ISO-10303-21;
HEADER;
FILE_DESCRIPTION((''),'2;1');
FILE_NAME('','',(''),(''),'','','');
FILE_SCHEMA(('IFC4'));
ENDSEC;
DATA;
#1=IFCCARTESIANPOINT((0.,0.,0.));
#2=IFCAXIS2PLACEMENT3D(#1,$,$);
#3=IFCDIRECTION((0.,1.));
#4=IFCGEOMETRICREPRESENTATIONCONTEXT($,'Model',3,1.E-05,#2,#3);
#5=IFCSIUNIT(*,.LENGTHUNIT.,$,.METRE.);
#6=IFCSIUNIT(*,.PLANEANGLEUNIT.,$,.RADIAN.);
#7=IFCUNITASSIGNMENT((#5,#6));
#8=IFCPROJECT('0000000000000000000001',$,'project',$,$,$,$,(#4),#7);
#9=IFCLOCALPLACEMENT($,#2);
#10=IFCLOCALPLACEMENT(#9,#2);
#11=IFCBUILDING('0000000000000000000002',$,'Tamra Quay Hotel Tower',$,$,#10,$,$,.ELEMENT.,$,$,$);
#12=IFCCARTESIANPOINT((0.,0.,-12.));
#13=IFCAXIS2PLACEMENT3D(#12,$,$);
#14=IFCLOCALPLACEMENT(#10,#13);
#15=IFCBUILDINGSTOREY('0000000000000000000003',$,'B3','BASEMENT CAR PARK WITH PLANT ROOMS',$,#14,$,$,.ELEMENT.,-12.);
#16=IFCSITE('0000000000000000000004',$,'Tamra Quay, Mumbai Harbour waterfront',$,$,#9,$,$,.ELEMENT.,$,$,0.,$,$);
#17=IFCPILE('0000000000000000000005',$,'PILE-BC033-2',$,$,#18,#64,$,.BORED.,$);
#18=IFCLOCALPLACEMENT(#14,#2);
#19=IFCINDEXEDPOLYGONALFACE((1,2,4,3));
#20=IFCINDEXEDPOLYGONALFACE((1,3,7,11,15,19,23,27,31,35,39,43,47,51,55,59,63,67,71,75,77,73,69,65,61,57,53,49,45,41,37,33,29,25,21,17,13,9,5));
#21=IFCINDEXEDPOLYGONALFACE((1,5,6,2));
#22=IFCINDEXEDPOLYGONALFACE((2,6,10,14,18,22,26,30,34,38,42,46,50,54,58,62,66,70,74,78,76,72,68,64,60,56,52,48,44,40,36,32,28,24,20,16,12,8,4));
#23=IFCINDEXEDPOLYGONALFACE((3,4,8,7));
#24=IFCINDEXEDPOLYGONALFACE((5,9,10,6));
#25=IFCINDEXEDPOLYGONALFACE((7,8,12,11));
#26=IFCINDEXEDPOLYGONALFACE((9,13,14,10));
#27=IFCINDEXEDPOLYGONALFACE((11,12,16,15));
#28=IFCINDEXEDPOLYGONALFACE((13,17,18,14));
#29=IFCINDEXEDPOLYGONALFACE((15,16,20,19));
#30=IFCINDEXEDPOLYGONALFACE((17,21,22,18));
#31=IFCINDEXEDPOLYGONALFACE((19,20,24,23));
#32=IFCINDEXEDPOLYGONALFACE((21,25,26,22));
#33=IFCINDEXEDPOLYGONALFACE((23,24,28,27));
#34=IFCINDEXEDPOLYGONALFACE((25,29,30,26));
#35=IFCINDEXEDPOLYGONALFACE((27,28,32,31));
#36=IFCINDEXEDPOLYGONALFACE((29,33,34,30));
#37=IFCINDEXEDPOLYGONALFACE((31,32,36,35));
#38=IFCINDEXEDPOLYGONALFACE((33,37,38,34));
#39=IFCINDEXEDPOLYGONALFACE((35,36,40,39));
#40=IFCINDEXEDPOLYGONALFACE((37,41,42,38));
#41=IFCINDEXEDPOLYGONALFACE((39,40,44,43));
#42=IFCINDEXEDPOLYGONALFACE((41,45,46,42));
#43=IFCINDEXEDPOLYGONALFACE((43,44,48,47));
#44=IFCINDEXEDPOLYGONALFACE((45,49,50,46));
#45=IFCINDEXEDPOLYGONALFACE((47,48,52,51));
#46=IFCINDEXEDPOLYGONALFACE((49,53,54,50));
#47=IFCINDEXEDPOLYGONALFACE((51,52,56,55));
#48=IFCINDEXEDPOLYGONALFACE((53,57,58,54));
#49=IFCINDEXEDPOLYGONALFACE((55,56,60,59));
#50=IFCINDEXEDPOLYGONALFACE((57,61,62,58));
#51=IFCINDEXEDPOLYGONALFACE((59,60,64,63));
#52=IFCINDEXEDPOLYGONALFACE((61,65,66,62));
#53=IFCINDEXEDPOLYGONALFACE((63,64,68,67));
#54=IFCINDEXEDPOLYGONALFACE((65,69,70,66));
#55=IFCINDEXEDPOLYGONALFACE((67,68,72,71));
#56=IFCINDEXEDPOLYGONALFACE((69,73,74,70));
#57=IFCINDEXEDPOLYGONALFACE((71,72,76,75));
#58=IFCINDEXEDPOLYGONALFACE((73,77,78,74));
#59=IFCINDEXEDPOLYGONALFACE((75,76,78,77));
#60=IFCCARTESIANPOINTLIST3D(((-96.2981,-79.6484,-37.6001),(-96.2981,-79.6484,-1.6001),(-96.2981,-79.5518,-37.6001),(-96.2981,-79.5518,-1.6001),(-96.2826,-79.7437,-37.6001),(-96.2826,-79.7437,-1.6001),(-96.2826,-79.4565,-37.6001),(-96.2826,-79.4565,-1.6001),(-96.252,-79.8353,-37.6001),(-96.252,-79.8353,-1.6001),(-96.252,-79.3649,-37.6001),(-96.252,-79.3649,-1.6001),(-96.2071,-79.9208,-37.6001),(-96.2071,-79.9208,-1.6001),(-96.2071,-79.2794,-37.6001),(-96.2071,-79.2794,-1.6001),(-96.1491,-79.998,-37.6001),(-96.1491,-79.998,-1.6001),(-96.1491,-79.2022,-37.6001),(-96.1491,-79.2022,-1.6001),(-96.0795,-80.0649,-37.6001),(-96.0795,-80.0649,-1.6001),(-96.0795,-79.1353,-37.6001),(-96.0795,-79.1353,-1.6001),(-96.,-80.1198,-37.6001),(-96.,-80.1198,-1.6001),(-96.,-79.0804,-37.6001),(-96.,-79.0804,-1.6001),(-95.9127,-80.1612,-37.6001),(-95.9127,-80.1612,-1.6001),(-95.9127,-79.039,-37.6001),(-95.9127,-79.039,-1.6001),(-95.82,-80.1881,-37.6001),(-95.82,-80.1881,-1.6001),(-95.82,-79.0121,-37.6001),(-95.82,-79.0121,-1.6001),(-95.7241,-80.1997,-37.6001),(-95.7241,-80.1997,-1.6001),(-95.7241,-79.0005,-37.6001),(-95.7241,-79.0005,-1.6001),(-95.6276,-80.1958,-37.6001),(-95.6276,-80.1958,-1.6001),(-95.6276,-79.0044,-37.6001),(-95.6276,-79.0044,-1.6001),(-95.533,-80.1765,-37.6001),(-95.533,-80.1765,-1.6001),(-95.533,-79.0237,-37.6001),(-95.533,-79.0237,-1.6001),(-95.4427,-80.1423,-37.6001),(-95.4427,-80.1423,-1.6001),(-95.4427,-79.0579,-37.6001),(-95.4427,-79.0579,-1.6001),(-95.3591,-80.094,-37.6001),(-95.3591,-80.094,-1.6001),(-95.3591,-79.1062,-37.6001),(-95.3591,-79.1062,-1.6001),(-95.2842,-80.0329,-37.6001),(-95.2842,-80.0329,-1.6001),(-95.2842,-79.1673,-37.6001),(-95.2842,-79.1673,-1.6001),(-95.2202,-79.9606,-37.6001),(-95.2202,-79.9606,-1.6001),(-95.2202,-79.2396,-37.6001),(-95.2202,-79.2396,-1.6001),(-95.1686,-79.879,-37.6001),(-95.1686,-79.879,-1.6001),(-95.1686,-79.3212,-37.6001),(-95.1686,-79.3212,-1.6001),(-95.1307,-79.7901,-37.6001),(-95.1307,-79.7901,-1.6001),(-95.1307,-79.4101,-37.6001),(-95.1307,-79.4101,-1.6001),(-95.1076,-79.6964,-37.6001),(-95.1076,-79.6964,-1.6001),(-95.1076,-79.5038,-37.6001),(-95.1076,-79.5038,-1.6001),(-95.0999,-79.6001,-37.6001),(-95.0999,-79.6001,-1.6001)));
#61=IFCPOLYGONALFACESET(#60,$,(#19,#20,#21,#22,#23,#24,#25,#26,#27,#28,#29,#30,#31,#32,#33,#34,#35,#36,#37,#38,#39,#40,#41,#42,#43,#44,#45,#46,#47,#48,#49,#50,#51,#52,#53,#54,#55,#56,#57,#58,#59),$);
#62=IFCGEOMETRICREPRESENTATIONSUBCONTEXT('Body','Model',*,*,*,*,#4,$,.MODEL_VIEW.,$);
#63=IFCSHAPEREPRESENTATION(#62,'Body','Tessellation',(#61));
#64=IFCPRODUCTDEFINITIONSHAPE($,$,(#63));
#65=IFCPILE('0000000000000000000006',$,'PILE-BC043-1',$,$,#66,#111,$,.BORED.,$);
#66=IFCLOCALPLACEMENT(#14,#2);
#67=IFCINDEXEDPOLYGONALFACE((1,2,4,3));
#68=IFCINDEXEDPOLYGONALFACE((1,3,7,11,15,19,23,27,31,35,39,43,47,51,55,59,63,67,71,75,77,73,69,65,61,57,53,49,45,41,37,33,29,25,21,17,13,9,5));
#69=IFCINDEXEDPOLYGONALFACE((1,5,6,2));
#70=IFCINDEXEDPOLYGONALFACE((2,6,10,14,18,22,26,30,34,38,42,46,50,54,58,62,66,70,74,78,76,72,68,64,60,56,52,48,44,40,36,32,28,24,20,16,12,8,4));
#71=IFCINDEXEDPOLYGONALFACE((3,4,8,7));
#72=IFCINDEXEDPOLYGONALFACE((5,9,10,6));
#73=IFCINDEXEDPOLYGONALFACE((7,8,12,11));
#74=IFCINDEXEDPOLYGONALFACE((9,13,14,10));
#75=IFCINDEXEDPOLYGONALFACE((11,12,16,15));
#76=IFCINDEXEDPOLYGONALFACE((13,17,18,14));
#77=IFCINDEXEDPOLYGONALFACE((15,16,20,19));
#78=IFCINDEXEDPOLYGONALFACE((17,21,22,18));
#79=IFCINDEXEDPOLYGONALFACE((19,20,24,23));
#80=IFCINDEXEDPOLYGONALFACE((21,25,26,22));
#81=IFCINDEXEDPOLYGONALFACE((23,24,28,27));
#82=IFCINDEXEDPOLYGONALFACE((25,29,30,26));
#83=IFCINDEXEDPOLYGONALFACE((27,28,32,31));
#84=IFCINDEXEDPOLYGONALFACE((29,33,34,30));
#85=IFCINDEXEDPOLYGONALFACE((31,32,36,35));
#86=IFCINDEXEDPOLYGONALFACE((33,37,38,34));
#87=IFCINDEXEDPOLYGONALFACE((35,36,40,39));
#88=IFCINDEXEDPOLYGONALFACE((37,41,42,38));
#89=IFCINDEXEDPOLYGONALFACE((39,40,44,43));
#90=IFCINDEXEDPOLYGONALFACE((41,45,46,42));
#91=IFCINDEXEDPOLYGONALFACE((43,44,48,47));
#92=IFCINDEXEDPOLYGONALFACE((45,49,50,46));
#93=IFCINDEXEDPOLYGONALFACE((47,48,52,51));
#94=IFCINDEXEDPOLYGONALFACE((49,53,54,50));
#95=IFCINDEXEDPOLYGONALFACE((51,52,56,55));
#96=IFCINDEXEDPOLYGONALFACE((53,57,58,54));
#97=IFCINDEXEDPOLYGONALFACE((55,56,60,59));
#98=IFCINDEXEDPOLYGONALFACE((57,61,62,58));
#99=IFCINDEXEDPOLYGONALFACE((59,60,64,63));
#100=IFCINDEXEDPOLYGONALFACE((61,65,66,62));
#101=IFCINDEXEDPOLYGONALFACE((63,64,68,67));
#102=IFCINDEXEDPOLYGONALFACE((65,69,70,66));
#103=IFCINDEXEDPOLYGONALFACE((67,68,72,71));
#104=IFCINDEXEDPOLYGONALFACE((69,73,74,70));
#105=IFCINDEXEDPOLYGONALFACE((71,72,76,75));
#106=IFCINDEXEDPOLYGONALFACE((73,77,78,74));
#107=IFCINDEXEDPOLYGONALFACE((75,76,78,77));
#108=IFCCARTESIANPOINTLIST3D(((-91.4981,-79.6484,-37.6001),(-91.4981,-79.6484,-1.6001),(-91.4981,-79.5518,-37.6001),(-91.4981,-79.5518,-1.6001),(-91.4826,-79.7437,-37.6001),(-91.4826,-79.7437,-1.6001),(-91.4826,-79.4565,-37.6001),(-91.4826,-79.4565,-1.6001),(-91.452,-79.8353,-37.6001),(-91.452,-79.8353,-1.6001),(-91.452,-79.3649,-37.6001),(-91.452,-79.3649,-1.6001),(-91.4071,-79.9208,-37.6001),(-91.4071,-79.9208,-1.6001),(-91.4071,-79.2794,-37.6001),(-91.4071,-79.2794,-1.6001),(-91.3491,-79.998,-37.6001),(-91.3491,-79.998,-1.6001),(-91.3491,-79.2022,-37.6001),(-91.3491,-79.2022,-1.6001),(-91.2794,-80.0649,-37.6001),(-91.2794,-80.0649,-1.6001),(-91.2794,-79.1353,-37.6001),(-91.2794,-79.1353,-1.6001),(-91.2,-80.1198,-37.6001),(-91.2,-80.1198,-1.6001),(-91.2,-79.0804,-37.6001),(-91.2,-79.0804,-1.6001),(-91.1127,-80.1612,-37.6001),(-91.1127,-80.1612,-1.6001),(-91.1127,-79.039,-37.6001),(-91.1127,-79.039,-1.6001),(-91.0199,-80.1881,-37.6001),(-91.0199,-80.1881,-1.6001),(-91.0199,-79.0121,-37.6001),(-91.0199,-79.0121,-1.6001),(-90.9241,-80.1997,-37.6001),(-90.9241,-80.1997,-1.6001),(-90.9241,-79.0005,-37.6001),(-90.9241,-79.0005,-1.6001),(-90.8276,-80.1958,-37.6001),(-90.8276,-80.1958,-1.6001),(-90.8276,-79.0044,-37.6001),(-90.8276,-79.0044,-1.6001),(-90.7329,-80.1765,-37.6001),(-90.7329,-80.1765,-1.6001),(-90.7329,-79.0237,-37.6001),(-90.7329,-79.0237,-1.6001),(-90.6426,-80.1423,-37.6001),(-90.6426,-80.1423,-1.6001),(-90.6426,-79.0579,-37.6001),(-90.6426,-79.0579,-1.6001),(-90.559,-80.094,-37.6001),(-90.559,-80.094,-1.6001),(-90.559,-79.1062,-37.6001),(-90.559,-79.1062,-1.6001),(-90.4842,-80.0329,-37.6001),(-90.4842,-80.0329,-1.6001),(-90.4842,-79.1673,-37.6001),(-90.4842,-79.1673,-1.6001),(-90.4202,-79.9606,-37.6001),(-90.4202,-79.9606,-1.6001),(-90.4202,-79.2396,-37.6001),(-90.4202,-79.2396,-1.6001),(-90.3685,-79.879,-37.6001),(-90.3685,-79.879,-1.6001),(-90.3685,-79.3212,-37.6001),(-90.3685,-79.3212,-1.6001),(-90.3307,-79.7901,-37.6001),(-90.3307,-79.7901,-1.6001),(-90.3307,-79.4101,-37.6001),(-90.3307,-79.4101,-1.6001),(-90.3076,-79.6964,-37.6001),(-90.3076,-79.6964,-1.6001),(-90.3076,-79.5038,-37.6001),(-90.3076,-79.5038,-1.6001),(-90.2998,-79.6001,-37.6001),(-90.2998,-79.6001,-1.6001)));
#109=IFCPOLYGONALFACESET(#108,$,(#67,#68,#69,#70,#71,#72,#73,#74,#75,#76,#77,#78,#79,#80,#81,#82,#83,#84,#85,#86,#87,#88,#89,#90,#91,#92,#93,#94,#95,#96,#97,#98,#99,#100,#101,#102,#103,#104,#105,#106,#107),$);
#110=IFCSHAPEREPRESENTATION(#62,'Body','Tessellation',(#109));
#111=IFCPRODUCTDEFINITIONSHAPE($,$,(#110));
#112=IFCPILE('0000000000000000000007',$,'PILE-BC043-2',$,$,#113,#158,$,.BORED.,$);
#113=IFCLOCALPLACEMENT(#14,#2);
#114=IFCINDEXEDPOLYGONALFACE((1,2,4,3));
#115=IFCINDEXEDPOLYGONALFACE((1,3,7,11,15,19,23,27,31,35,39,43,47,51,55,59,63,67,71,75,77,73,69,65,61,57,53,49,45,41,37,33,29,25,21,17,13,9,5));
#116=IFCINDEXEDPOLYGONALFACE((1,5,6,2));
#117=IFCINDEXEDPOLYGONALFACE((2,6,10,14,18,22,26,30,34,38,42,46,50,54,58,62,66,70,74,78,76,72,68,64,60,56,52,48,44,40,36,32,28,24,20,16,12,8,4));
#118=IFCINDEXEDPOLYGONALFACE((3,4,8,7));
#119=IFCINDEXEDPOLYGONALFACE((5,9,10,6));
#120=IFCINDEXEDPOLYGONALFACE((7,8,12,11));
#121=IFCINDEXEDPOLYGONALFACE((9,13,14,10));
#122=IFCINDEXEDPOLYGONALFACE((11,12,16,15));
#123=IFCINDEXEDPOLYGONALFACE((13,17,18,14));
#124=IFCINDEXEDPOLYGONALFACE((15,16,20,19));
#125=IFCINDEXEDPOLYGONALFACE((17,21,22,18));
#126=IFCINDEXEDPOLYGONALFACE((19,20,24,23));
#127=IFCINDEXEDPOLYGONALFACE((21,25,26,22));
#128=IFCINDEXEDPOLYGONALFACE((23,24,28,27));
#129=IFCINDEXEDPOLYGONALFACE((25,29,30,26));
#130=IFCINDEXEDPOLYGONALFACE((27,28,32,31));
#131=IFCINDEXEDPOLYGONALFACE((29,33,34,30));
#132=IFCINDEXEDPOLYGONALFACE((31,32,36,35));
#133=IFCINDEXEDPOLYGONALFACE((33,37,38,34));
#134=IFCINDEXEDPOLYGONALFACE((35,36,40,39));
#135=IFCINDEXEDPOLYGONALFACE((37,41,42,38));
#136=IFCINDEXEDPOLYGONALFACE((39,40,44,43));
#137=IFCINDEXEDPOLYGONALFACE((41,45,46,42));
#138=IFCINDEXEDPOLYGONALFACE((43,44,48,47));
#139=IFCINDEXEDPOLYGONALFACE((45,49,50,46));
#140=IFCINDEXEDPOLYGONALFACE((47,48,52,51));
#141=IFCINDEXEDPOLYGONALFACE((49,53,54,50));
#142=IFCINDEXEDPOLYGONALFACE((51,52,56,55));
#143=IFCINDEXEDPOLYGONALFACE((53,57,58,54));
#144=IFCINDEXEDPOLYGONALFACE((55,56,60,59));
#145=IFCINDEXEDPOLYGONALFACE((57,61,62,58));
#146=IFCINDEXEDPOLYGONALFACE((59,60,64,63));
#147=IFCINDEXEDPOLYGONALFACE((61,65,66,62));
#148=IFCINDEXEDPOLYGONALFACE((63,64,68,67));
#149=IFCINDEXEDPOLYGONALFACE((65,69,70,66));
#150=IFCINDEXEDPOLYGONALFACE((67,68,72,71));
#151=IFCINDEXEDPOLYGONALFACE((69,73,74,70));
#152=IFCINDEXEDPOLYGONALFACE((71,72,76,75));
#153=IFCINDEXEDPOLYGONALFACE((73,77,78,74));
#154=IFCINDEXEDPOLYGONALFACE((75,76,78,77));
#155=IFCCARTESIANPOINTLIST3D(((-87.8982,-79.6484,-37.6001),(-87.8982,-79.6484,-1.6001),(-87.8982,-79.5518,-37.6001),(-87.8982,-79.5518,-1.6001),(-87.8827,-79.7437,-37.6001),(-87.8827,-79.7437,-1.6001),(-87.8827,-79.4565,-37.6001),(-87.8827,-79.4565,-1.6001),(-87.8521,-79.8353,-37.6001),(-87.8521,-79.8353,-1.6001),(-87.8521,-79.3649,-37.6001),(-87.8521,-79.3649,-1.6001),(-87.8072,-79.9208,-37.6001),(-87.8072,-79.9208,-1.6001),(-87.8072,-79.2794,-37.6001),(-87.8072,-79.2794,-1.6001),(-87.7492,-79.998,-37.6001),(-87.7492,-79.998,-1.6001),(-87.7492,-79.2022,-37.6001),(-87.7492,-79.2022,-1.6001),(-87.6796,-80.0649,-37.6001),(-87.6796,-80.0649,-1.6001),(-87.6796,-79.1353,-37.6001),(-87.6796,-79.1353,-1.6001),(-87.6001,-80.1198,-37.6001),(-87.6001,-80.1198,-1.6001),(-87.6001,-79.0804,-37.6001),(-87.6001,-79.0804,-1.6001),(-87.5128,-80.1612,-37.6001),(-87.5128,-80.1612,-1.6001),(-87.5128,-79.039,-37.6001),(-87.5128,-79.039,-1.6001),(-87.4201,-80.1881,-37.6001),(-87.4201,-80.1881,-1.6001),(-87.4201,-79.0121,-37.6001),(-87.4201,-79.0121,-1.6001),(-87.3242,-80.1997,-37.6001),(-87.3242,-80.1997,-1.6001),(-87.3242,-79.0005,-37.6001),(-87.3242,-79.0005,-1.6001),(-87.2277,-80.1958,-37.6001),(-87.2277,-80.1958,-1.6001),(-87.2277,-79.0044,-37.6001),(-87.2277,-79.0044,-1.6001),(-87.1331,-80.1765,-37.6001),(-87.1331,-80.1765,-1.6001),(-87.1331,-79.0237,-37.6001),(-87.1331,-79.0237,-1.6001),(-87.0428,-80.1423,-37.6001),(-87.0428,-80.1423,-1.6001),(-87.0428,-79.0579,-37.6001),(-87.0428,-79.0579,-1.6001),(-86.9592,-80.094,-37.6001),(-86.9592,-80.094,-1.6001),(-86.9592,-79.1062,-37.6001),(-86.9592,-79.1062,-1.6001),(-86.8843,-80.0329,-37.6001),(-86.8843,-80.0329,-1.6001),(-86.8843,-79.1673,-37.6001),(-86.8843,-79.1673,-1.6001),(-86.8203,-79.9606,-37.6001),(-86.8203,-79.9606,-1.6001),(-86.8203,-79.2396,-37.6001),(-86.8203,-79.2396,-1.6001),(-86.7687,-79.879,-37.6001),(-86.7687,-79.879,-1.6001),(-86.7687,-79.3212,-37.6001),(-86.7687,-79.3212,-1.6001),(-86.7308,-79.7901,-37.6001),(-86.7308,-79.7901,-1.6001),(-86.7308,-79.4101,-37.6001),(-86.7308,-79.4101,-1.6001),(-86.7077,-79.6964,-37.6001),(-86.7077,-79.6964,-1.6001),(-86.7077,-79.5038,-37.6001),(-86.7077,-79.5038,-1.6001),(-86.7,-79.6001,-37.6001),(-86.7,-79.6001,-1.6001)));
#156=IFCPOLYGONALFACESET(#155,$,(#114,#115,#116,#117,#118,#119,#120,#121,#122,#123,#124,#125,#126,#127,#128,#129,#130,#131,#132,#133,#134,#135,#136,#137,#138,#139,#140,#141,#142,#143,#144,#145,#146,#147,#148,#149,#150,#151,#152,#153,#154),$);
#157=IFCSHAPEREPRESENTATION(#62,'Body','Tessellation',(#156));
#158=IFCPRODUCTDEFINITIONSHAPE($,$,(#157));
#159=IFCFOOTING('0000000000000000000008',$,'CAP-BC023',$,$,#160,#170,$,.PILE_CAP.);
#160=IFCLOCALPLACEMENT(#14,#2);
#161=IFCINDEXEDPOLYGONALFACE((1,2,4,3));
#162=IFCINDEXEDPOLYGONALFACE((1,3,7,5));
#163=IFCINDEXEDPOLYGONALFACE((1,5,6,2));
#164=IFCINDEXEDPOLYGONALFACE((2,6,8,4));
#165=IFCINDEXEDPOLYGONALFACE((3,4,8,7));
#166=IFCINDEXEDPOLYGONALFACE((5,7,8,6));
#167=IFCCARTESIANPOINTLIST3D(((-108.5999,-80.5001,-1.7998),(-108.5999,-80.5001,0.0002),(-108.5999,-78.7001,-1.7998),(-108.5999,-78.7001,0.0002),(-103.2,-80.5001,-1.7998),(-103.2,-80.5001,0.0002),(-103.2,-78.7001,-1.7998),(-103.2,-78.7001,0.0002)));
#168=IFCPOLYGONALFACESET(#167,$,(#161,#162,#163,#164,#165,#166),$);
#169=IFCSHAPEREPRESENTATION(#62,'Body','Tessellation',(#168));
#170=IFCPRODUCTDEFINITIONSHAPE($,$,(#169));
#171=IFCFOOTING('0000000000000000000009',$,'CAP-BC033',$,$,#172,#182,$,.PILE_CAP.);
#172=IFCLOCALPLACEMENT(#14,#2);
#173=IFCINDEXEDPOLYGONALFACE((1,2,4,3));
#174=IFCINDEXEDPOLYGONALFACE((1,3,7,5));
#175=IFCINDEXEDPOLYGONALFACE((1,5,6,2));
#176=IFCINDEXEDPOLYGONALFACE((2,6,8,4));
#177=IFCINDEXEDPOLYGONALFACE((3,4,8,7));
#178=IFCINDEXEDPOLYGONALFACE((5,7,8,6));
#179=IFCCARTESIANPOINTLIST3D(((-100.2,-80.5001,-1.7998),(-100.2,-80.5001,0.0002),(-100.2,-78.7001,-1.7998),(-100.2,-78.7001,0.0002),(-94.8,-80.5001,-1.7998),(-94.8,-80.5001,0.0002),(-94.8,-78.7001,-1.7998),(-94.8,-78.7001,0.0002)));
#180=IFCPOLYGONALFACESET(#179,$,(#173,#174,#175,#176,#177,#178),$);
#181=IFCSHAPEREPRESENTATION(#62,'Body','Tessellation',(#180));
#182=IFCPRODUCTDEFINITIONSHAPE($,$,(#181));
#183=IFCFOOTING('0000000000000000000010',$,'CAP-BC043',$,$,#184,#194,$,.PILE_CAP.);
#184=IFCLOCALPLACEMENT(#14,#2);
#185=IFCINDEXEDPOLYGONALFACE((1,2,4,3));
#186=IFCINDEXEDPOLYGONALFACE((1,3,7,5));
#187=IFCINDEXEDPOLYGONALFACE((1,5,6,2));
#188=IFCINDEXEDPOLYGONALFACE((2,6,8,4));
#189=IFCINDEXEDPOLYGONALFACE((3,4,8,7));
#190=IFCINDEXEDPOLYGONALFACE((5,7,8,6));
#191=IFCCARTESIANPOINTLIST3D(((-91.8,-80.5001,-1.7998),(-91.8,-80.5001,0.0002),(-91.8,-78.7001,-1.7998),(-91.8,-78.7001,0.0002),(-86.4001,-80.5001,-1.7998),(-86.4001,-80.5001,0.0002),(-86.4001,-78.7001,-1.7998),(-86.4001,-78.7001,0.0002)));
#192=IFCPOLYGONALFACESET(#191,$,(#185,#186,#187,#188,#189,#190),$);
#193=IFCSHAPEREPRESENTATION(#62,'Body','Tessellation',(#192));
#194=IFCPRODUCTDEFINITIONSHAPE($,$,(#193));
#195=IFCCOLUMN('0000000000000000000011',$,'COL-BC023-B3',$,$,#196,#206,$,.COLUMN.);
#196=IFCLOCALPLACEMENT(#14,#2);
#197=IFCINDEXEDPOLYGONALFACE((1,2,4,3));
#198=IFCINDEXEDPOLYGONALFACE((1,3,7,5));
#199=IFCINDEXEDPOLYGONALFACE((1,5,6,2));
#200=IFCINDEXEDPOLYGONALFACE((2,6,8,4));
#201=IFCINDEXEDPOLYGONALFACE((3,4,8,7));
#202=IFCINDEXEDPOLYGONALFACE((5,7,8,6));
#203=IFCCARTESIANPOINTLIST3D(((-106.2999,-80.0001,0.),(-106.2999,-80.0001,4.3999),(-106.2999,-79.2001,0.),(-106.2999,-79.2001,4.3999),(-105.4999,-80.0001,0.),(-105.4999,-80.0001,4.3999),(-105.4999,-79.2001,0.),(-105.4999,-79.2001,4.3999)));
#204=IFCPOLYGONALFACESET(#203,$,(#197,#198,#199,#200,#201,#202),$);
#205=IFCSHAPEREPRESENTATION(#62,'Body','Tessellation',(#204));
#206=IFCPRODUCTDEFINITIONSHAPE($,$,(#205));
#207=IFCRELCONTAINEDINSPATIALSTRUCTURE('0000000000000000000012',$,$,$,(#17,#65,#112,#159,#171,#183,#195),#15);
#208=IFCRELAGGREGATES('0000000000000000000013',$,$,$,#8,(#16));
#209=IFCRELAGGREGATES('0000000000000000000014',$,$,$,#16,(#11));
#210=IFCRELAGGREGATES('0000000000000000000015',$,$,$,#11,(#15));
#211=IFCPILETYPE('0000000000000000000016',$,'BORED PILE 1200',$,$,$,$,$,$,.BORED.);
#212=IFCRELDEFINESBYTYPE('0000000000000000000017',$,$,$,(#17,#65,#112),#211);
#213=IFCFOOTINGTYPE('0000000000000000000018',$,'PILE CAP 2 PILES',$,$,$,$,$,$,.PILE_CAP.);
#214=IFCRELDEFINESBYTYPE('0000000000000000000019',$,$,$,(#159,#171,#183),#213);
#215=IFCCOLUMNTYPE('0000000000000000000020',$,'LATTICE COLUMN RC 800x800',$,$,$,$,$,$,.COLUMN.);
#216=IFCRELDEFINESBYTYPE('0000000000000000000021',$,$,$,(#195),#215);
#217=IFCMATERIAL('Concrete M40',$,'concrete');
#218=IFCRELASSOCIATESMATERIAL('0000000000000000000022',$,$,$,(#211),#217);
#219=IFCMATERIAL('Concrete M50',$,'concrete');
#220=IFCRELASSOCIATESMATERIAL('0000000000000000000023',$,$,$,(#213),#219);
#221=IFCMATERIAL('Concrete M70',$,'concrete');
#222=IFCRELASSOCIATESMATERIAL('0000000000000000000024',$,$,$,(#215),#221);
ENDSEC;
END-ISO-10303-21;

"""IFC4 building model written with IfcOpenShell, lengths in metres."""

from ifc_helpers import new_model, si_unit, direction, frame, origin, origin_2d, place, context, subcontext, project, spatial, rectangle, circle, extrude, material, material_profile, profile_set, type_object, element, save


model = new_model("IFC4")

# Units and contexts
model_context = context("Model", 3, precision=1e-05, world=origin(), true_north=direction((0.0, 1.0)))
body_context = subcontext(model_context, "Body", "Model", "MODEL_VIEW")
ifc_project = project(units=[si_unit("LENGTHUNIT", "METRE"), si_unit("PLANEANGLEUNIT", "RADIAN")], contexts=[model_context])

# Site, building, storey
site_placement = place(None, origin())
site = spatial("IfcSite", under=ifc_project, at=site_placement, Name="Tamra Quay, Mumbai Harbour waterfront", CompositionType="ELEMENT", RefElevation=0.0)
building_placement = place(site_placement, origin())
building = spatial("IfcBuilding", under=site, at=building_placement, Name="Tamra Quay Hotel Tower", CompositionType="ELEMENT")
storey_placement = place(building_placement, frame((0.0, 0.0, -12.0)))
storey = spatial("IfcBuildingStorey", under=building, at=storey_placement, Name="B3", Description="BASEMENT CAR PARK WITH PLANT ROOMS", CompositionType="ELEMENT", Elevation=-12.0)

# Piles
ifc_material_1 = material(Name="Concrete M40", Category="concrete")
ifc_material_profile_1 = material_profile(ifc_material_1, circle(Radius=0.6001, at=origin_2d()), Name="BORED PILE 1200")
ifc_profile_set_1 = profile_set([ifc_material_profile_1], Name="Concrete M40")
pile_type = type_object("IfcPileType", Name="BORED PILE 1200", PredefinedType="BORED", material=ifc_profile_set_1)
for number, where, z_axis, x_axis, name in (
    (1, (-95.7, -79.6001, -1.6001), (0.0, 0.0, -1.0), (1.0, 0.0, 0.0), "PILE-BC033-2"),
    (2, (-90.8999, -79.6001, -1.6001), (0.0, 0.0, -1.0), (1.0, 0.0, 0.0), "PILE-BC043-1"),
    (3, (-87.3, -79.6001, -1.6001), (0.0, 0.0, -1.0), (1.0, 0.0, 0.0), "PILE-BC043-2"),
):
    element("IfcPile", number, at=place(storey_placement, frame(where, z_axis=z_axis, x_axis=x_axis)), inside=storey, type_object=pile_type, Name=name, PredefinedType="BORED", context=body_context, shape_type="SweptSolid", body=[
        extrude(circle(Radius=0.6001, at=origin_2d()), origin(), (0.0, 0.0, 1.0), 36.0),
    ])

# Footings
ifc_material_2 = material(Name="Concrete M50", Category="concrete")
footing_type = type_object("IfcFootingType", Name="PILE CAP 2 PILES", PredefinedType="PILE_CAP", material=ifc_material_2)
for number, where, z_axis, x_axis, name in (
    (4, (-105.8999, -79.6001, -1.7998), (0.0, 0.0, 1.0), (1.0, 0.0, 0.0), "CAP-BC023"),
    (5, (-97.5, -79.6001, -1.7998), (0.0, 0.0, 1.0), (1.0, 0.0, 0.0), "CAP-BC033"),
    (6, (-89.1001, -79.6001, -1.7998), (0.0, 0.0, 1.0), (1.0, 0.0, 0.0), "CAP-BC043"),
):
    element("IfcFooting", number, at=place(storey_placement, frame(where, z_axis=z_axis, x_axis=x_axis)), inside=storey, type_object=footing_type, Name=name, PredefinedType="PILE_CAP", context=body_context, shape_type="SweptSolid", body=[
        extrude(rectangle(XDim=5.3999, YDim=1.8, at=origin_2d()), origin(), (0.0, 0.0, 1.0), 1.8),
    ])

# Column
ifc_material_3 = material(Name="Concrete M70", Category="concrete")
ifc_material_profile_2 = material_profile(ifc_material_3, rectangle(XDim=0.8, YDim=0.8, at=origin_2d()), Name="LATTICE COLUMN RC 800x800")
ifc_profile_set_2 = profile_set([ifc_material_profile_2], Name="Concrete M70")
column_type = type_object("IfcColumnType", Name="LATTICE COLUMN RC 800x800", PredefinedType="COLUMN", material=ifc_profile_set_2)
for number, where, z_axis, x_axis, name in (
    (7, (-105.8999, -79.6001, 0.0), (0.0, 0.0, 1.0), (1.0, 0.0, 0.0), "COL-BC023-B3"),
):
    element("IfcColumn", number, at=place(storey_placement, frame(where, z_axis=z_axis, x_axis=x_axis)), inside=storey, type_object=column_type, Name=name, PredefinedType="COLUMN", context=body_context, shape_type="SweptSolid", body=[
        extrude(rectangle(XDim=0.8, YDim=0.8, at=origin_2d()), origin(), (0.0, 0.0, 1.0), 4.3999),
    ])

save(model, "model.ifc")
